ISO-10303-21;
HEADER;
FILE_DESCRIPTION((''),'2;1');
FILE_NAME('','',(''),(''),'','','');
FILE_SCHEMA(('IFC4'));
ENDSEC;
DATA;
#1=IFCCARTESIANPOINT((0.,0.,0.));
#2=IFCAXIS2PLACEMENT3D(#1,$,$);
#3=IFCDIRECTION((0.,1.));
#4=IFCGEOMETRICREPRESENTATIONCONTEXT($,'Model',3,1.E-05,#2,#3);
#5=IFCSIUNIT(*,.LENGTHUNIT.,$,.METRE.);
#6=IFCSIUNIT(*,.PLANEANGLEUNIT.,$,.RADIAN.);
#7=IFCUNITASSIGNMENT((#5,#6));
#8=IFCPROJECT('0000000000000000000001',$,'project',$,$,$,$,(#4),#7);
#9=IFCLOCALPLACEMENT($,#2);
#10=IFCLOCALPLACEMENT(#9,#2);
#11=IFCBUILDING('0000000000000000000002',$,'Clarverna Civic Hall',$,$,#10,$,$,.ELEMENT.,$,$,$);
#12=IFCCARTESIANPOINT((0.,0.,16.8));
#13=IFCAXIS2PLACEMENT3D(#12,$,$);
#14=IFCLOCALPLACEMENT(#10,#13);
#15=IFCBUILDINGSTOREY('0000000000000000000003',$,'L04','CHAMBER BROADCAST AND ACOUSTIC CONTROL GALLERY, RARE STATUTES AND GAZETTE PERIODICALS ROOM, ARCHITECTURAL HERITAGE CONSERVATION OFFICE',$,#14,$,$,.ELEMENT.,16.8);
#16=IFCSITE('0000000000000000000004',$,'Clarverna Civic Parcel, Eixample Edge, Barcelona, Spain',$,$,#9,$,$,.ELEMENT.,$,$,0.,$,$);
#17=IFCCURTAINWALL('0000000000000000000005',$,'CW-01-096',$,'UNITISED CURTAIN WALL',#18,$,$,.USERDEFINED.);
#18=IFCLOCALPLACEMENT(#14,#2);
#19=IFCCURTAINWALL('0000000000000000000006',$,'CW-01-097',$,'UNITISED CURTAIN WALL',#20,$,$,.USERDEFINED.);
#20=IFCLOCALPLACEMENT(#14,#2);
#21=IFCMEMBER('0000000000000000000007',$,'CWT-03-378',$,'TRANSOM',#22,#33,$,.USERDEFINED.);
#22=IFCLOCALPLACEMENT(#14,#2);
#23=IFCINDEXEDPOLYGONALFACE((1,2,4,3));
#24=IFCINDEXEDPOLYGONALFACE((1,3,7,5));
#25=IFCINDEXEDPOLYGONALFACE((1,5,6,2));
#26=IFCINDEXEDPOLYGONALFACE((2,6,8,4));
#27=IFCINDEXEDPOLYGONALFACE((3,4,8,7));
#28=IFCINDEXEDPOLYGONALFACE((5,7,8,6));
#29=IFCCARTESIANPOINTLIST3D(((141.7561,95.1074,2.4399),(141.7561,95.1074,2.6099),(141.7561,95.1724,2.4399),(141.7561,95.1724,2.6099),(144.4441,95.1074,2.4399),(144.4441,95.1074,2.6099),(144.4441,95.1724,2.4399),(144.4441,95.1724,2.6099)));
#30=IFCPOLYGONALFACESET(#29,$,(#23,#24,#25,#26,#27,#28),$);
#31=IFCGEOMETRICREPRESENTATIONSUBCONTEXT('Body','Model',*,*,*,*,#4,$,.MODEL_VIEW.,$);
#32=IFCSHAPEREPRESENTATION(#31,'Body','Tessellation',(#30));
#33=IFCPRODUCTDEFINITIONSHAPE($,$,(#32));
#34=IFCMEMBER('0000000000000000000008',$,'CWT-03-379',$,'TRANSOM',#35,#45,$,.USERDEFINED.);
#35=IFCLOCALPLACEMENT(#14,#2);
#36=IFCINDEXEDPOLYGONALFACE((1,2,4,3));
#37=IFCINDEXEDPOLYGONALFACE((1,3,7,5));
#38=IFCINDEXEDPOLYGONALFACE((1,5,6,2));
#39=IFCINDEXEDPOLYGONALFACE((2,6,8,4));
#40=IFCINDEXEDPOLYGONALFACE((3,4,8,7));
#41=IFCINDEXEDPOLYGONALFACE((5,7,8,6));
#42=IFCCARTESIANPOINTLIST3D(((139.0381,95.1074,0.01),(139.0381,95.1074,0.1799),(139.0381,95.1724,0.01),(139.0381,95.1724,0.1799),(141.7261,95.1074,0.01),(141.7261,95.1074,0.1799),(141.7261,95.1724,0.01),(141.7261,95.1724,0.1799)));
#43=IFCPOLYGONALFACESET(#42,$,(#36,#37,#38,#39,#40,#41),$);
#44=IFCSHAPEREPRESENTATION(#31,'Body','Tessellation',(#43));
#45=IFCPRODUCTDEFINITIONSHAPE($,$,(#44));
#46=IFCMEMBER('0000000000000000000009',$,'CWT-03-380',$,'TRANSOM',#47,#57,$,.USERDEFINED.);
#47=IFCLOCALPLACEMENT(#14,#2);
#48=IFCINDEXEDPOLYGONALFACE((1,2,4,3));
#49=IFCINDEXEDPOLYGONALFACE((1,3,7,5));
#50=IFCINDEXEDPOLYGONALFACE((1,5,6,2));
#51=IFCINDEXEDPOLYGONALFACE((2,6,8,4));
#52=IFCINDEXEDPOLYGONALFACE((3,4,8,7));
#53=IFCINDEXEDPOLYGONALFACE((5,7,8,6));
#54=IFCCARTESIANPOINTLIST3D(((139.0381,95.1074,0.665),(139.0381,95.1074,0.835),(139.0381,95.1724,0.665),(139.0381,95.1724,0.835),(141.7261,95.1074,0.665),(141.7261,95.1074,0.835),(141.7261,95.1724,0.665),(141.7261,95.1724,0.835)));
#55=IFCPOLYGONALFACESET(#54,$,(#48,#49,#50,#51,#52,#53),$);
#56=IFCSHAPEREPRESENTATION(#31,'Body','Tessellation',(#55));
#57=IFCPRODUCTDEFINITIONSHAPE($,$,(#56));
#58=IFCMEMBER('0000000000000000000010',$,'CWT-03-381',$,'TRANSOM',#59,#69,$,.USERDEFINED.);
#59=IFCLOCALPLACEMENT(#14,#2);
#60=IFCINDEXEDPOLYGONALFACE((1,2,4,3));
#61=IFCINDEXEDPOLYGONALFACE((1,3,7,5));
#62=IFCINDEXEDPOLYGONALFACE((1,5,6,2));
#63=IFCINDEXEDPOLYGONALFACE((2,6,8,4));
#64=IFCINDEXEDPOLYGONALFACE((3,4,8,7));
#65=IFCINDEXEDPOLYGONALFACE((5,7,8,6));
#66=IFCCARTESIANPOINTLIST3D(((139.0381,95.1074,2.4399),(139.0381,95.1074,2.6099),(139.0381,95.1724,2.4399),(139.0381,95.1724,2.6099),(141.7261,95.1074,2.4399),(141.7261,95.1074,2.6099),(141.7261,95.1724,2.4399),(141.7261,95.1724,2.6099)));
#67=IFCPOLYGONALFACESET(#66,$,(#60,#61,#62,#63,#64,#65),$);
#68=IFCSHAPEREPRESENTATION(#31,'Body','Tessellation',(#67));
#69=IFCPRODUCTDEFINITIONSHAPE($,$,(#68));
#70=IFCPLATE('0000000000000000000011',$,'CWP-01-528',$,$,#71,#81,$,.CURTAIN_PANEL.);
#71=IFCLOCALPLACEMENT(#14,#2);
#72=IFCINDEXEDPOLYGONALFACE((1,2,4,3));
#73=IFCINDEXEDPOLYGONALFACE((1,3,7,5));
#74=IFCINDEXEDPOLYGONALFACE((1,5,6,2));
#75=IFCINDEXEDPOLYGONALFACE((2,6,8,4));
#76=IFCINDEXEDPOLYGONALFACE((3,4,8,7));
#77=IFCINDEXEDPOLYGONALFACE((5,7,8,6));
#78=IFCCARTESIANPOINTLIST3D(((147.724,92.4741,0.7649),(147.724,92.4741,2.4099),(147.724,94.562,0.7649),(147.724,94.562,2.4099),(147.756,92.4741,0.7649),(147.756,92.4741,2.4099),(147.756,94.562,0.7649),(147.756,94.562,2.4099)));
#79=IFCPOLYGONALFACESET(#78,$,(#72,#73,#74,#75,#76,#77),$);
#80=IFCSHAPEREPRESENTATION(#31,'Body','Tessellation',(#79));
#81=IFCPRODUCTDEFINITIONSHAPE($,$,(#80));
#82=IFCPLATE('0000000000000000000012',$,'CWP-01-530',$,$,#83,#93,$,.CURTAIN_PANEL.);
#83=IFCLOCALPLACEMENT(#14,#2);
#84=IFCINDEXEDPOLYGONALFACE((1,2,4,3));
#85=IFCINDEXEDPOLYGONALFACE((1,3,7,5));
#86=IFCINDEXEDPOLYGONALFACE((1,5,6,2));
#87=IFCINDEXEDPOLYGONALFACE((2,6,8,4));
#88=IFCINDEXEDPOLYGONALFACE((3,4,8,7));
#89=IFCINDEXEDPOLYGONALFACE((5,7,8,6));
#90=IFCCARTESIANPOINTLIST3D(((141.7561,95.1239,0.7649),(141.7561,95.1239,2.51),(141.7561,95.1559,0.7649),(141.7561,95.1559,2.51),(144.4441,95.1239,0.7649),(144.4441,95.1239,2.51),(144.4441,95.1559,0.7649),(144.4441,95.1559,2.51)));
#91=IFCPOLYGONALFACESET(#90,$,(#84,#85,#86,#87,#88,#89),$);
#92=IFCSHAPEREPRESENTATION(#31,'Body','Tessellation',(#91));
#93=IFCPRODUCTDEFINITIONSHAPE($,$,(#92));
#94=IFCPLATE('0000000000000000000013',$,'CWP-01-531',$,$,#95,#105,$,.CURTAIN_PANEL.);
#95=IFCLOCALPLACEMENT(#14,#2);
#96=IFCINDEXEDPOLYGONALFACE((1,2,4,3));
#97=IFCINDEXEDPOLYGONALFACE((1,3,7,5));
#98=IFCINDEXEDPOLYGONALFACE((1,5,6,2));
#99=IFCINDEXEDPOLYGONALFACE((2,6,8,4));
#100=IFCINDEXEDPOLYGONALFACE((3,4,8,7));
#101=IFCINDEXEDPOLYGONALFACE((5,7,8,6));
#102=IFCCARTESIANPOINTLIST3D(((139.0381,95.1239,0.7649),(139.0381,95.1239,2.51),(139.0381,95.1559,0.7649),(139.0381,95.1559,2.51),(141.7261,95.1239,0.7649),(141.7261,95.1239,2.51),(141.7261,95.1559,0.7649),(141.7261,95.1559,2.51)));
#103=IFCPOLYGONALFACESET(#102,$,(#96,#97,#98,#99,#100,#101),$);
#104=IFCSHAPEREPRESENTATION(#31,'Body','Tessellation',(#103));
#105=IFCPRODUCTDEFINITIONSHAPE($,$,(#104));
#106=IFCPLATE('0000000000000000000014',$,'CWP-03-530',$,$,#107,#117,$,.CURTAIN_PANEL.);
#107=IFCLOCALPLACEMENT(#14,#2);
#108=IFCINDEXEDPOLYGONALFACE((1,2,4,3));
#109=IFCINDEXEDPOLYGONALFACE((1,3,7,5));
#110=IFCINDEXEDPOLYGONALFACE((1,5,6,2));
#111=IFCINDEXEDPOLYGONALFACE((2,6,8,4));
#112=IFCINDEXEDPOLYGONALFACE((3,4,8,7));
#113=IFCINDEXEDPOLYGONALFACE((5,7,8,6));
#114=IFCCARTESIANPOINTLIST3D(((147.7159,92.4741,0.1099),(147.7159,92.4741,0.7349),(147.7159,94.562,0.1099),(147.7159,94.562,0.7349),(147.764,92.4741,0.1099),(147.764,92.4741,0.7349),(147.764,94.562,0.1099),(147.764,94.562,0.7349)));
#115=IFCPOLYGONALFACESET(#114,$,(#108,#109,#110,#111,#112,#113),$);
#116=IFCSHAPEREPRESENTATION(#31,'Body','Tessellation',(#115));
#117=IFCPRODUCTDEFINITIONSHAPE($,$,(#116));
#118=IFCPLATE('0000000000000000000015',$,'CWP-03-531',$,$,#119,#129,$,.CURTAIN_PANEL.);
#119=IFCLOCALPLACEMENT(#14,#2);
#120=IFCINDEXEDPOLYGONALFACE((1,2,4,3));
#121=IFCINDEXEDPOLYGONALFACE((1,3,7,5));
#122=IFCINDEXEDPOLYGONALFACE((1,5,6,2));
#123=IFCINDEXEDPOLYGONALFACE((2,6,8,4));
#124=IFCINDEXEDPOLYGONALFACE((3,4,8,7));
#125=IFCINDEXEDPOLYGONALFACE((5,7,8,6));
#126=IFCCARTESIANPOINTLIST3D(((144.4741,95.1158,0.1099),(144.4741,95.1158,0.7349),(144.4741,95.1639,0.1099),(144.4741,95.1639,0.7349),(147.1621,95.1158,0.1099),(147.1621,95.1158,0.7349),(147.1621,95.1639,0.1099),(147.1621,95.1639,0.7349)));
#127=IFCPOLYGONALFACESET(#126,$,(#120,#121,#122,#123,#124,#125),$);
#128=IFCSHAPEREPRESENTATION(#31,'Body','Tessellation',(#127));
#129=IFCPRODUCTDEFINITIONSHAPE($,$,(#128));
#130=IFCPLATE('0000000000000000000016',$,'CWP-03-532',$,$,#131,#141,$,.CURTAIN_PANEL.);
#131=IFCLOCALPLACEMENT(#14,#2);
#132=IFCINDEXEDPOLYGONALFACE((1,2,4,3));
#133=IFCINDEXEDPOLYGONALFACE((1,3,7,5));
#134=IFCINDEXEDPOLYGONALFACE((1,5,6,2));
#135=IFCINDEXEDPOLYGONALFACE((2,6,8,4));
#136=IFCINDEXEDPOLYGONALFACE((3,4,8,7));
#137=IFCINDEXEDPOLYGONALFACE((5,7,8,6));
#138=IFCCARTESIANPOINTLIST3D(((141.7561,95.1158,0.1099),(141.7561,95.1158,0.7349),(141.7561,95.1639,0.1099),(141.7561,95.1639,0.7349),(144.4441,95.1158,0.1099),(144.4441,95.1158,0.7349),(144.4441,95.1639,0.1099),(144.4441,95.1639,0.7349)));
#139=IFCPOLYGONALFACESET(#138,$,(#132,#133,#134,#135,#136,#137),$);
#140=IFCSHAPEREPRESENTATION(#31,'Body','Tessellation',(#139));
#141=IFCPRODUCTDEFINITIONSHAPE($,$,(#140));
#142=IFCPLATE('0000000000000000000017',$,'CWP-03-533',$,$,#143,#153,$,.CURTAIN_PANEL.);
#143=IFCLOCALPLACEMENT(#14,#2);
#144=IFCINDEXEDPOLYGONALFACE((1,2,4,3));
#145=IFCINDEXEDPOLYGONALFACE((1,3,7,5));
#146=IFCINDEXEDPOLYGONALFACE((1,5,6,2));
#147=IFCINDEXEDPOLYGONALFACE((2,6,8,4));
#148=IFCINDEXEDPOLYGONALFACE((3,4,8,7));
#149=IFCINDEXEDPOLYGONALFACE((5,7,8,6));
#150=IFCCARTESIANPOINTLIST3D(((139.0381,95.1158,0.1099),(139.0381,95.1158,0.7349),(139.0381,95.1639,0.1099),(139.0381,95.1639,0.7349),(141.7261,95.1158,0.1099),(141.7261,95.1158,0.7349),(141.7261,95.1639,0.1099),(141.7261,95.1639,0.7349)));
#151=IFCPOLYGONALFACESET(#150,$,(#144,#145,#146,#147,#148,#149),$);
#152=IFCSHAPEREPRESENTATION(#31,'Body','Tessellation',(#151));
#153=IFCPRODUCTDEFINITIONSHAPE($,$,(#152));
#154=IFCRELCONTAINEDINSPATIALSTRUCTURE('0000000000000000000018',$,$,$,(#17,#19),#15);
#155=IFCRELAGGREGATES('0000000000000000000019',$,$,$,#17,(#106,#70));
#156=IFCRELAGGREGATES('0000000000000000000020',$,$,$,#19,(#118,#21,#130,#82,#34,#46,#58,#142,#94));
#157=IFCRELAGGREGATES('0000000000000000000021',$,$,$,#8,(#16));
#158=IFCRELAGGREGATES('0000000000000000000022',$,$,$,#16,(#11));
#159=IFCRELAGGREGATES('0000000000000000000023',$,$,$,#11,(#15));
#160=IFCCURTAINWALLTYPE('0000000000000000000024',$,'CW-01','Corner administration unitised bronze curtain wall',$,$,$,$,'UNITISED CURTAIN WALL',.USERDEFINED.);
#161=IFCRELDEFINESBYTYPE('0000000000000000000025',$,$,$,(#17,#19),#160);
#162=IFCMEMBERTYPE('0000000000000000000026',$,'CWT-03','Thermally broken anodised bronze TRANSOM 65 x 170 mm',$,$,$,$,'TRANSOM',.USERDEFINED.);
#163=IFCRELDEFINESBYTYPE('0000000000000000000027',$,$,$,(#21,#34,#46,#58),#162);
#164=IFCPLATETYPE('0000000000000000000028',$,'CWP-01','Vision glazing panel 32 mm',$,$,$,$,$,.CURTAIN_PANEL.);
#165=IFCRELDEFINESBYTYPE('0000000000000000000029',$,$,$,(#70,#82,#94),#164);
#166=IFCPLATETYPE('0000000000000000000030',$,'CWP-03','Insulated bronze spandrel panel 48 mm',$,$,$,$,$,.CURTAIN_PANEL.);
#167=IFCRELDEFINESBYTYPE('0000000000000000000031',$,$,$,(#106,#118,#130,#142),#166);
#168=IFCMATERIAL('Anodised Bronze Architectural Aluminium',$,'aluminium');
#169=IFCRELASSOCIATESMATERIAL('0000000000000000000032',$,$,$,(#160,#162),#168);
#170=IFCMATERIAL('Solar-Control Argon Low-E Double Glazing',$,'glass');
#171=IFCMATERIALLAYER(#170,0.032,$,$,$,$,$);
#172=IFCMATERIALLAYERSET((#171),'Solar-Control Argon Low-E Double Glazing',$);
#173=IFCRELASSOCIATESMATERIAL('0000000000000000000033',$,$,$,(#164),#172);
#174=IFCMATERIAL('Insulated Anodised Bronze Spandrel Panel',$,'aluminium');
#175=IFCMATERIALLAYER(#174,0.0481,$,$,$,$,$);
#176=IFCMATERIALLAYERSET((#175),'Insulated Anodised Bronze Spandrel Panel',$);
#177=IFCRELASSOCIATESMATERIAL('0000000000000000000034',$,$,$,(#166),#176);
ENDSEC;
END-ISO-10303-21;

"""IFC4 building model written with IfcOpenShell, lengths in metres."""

from ifc_helpers import new_model, si_unit, direction, frame, frame_2d, origin, origin_2d, place, context, subcontext, project, spatial, rectangle, extrude, material, layer, layer_set, material_profile, profile_set, type_object, element, aggregate, save


model = new_model("IFC4")

# Units and contexts
model_context = context("Model", 3, precision=1e-05, world=origin(), true_north=direction((0.0, 1.0)))
body_context = subcontext(model_context, "Body", "Model", "MODEL_VIEW")
ifc_project = project(units=[si_unit("LENGTHUNIT", "METRE"), si_unit("PLANEANGLEUNIT", "RADIAN")], contexts=[model_context])

# Site, building, storey
site_placement = place(None, origin())
site = spatial("IfcSite", under=ifc_project, at=site_placement, Name="Clarverna Civic Parcel, Eixample Edge, Barcelona, Spain", CompositionType="ELEMENT", RefElevation=0.0)
building_placement = place(site_placement, origin())
building = spatial("IfcBuilding", under=site, at=building_placement, Name="Clarverna Civic Hall", CompositionType="ELEMENT")
storey_placement = place(building_placement, frame((0.0, 0.0, 16.8)))
storey = spatial("IfcBuildingStorey", under=building, at=storey_placement, Name="L04", Description="CHAMBER BROADCAST AND ACOUSTIC CONTROL GALLERY, RARE STATUTES AND GAZETTE PERIODICALS ROOM, ARCHITECTURAL HERITAGE CONSERVATION OFFICE", CompositionType="ELEMENT", Elevation=16.8)

# Curtain wall
ifc_material_1 = material(Name="Anodised Bronze Architectural Aluminium", Category="aluminium")
curtain_wall_type = type_object("IfcCurtainWallType", Name="CW-01", Description="Corner administration unitised bronze curtain wall", ElementType="UNITISED CURTAIN WALL", PredefinedType="USERDEFINED", material=ifc_material_1)
curtain_wall_1_placement = place(storey_placement, origin())
curtain_wall_1 = element("IfcCurtainWall", 1, at=curtain_wall_1_placement, inside=storey, type_object=curtain_wall_type, Name="CW-01-096", ObjectType="UNITISED CURTAIN WALL", PredefinedType="USERDEFINED")

# Curtain wall
curtain_wall_2_placement = place(storey_placement, origin())
curtain_wall_2 = element("IfcCurtainWall", 2, at=curtain_wall_2_placement, inside=storey, type_object=curtain_wall_type, Name="CW-01-097", ObjectType="UNITISED CURTAIN WALL", PredefinedType="USERDEFINED")

# Members
ifc_material_profile_1 = material_profile(ifc_material_1, rectangle(XDim=0.0649, YDim=0.1699, at=origin_2d()), Name="BRONZE 65x170")
ifc_profile_set_1 = profile_set([ifc_material_profile_1], Name="Anodised Bronze Architectural Aluminium")
member_type_1 = type_object("IfcMemberType", Name="CWT-03", Description="Thermally broken anodised bronze TRANSOM 65 x 170 mm", ElementType="TRANSOM", PredefinedType="USERDEFINED", material=ifc_profile_set_1)
member_1_placement = place(storey_placement, frame((144.4441, 95.1399, 2.5249), z_axis=(-1.0, 0.0, 0.0), x_axis=(0.0, -1.0, 0.0)))
member_1 = element("IfcMember", 3, at=member_1_placement, type_object=member_type_1, Name="CWT-03-378", ObjectType="TRANSOM", PredefinedType="USERDEFINED", context=body_context, shape_type="SweptSolid", body=[
    extrude(rectangle(XDim=0.0649, YDim=0.1699, at=origin_2d()), origin(), (0.0, 0.0, 1.0), 2.688),
])
member_2_placement = place(storey_placement, frame((141.7261, 95.1399, 0.095), z_axis=(-1.0, 0.0, 0.0), x_axis=(0.0, -1.0, 0.0)))
member_2 = element("IfcMember", 4, at=member_2_placement, type_object=member_type_1, Name="CWT-03-379", ObjectType="TRANSOM", PredefinedType="USERDEFINED", context=body_context, shape_type="SweptSolid", body=[
    extrude(rectangle(XDim=0.0649, YDim=0.1699, at=origin_2d()), origin(), (0.0, 0.0, 1.0), 2.688),
])
member_3_placement = place(storey_placement, frame((141.7261, 95.1399, 0.75), z_axis=(-1.0, 0.0, 0.0), x_axis=(0.0, -1.0, 0.0)))
member_3 = element("IfcMember", 5, at=member_3_placement, type_object=member_type_1, Name="CWT-03-380", ObjectType="TRANSOM", PredefinedType="USERDEFINED", context=body_context, shape_type="SweptSolid", body=[
    extrude(rectangle(XDim=0.0649, YDim=0.1699, at=origin_2d()), origin(), (0.0, 0.0, 1.0), 2.688),
])
member_4_placement = place(storey_placement, frame((141.7261, 95.1399, 2.5249), z_axis=(-1.0, 0.0, 0.0), x_axis=(0.0, -1.0, 0.0)))
member_4 = element("IfcMember", 6, at=member_4_placement, type_object=member_type_1, Name="CWT-03-381", ObjectType="TRANSOM", PredefinedType="USERDEFINED", context=body_context, shape_type="SweptSolid", body=[
    extrude(rectangle(XDim=0.0649, YDim=0.1699, at=origin_2d()), origin(), (0.0, 0.0, 1.0), 2.688),
])

# Plates
ifc_material_2 = material(Name="Solar-Control Argon Low-E Double Glazing", Category="glass")
ifc_layer_1 = layer(ifc_material_2, 0.032)
ifc_layer_set_1 = layer_set([ifc_layer_1], Name="Solar-Control Argon Low-E Double Glazing")
plate_type_1 = type_object("IfcPlateType", Name="CWP-01", Description="Vision glazing panel 32 mm", PredefinedType="CURTAIN_PANEL", material=ifc_layer_set_1)
plate_1_placement = place(storey_placement, frame((147.74, 92.4741, 0.7649), z_axis=(0.0, 0.0, 1.0), x_axis=(0.0, 1.0, 0.0)))
plate_1 = element("IfcPlate", 7, at=plate_1_placement, type_object=plate_type_1, Name="CWP-01-528", PredefinedType="CURTAIN_PANEL", context=body_context, shape_type="SweptSolid", body=[
    extrude(rectangle(XDim=2.0879, YDim=0.032, at=frame_2d((1.0439, 0.0))), origin(), (0.0, 0.0, 1.0), 1.645),
])
plate_2_placement = place(storey_placement, frame((144.4441, 95.1399, 0.7649), z_axis=(0.0, 0.0, 1.0), x_axis=(-1.0, 0.0, 0.0)))
plate_2 = element("IfcPlate", 8, at=plate_2_placement, type_object=plate_type_1, Name="CWP-01-530", PredefinedType="CURTAIN_PANEL", context=body_context, shape_type="SweptSolid", body=[
    extrude(rectangle(XDim=2.688, YDim=0.032, at=frame_2d((1.344, 0.0))), origin(), (0.0, 0.0, 1.0), 1.7451),
])
plate_3_placement = place(storey_placement, frame((141.7261, 95.1399, 0.7649), z_axis=(0.0, 0.0, 1.0), x_axis=(-1.0, 0.0, 0.0)))
plate_3 = element("IfcPlate", 9, at=plate_3_placement, type_object=plate_type_1, Name="CWP-01-531", PredefinedType="CURTAIN_PANEL", context=body_context, shape_type="SweptSolid", body=[
    extrude(rectangle(XDim=2.688, YDim=0.032, at=frame_2d((1.344, 0.0))), origin(), (0.0, 0.0, 1.0), 1.7451),
])
ifc_material_3 = material(Name="Insulated Anodised Bronze Spandrel Panel", Category="aluminium")
ifc_layer_2 = layer(ifc_material_3, 0.0481)
ifc_layer_set_2 = layer_set([ifc_layer_2], Name="Insulated Anodised Bronze Spandrel Panel")
plate_type_2 = type_object("IfcPlateType", Name="CWP-03", Description="Insulated bronze spandrel panel 48 mm", PredefinedType="CURTAIN_PANEL", material=ifc_layer_set_2)
plate_4_placement = place(storey_placement, frame((147.74, 92.4741, 0.1099), z_axis=(0.0, 0.0, 1.0), x_axis=(0.0, 1.0, 0.0)))
plate_4 = element("IfcPlate", 10, at=plate_4_placement, type_object=plate_type_2, Name="CWP-03-530", PredefinedType="CURTAIN_PANEL", context=body_context, shape_type="SweptSolid", body=[
    extrude(rectangle(XDim=2.0879, YDim=0.0481, at=frame_2d((1.0439, 0.0))), origin(), (0.0, 0.0, 1.0), 0.625),
])
aggregate(curtain_wall_1, [plate_4, plate_1])
plate_5_placement = place(storey_placement, frame((147.1621, 95.1399, 0.1099), z_axis=(0.0, 0.0, 1.0), x_axis=(-1.0, 0.0, 0.0)))
plate_5 = element("IfcPlate", 11, at=plate_5_placement, type_object=plate_type_2, Name="CWP-03-531", PredefinedType="CURTAIN_PANEL", context=body_context, shape_type="SweptSolid", body=[
    extrude(rectangle(XDim=2.688, YDim=0.0481, at=frame_2d((1.344, 0.0))), origin(), (0.0, 0.0, 1.0), 0.625),
])
plate_6_placement = place(storey_placement, frame((144.4441, 95.1399, 0.1099), z_axis=(0.0, 0.0, 1.0), x_axis=(-1.0, 0.0, 0.0)))
plate_6 = element("IfcPlate", 12, at=plate_6_placement, type_object=plate_type_2, Name="CWP-03-532", PredefinedType="CURTAIN_PANEL", context=body_context, shape_type="SweptSolid", body=[
    extrude(rectangle(XDim=2.688, YDim=0.0481, at=frame_2d((1.344, 0.0))), origin(), (0.0, 0.0, 1.0), 0.625),
])
plate_7_placement = place(storey_placement, frame((141.7261, 95.1399, 0.1099), z_axis=(0.0, 0.0, 1.0), x_axis=(-1.0, 0.0, 0.0)))
plate_7 = element("IfcPlate", 13, at=plate_7_placement, type_object=plate_type_2, Name="CWP-03-533", PredefinedType="CURTAIN_PANEL", context=body_context, shape_type="SweptSolid", body=[
    extrude(rectangle(XDim=2.688, YDim=0.0481, at=frame_2d((1.344, 0.0))), origin(), (0.0, 0.0, 1.0), 0.625),
])
aggregate(curtain_wall_2, [plate_5, member_1, plate_6, plate_2, member_2, member_3, member_4, plate_7, plate_3])

save(model, "model.ifc")
